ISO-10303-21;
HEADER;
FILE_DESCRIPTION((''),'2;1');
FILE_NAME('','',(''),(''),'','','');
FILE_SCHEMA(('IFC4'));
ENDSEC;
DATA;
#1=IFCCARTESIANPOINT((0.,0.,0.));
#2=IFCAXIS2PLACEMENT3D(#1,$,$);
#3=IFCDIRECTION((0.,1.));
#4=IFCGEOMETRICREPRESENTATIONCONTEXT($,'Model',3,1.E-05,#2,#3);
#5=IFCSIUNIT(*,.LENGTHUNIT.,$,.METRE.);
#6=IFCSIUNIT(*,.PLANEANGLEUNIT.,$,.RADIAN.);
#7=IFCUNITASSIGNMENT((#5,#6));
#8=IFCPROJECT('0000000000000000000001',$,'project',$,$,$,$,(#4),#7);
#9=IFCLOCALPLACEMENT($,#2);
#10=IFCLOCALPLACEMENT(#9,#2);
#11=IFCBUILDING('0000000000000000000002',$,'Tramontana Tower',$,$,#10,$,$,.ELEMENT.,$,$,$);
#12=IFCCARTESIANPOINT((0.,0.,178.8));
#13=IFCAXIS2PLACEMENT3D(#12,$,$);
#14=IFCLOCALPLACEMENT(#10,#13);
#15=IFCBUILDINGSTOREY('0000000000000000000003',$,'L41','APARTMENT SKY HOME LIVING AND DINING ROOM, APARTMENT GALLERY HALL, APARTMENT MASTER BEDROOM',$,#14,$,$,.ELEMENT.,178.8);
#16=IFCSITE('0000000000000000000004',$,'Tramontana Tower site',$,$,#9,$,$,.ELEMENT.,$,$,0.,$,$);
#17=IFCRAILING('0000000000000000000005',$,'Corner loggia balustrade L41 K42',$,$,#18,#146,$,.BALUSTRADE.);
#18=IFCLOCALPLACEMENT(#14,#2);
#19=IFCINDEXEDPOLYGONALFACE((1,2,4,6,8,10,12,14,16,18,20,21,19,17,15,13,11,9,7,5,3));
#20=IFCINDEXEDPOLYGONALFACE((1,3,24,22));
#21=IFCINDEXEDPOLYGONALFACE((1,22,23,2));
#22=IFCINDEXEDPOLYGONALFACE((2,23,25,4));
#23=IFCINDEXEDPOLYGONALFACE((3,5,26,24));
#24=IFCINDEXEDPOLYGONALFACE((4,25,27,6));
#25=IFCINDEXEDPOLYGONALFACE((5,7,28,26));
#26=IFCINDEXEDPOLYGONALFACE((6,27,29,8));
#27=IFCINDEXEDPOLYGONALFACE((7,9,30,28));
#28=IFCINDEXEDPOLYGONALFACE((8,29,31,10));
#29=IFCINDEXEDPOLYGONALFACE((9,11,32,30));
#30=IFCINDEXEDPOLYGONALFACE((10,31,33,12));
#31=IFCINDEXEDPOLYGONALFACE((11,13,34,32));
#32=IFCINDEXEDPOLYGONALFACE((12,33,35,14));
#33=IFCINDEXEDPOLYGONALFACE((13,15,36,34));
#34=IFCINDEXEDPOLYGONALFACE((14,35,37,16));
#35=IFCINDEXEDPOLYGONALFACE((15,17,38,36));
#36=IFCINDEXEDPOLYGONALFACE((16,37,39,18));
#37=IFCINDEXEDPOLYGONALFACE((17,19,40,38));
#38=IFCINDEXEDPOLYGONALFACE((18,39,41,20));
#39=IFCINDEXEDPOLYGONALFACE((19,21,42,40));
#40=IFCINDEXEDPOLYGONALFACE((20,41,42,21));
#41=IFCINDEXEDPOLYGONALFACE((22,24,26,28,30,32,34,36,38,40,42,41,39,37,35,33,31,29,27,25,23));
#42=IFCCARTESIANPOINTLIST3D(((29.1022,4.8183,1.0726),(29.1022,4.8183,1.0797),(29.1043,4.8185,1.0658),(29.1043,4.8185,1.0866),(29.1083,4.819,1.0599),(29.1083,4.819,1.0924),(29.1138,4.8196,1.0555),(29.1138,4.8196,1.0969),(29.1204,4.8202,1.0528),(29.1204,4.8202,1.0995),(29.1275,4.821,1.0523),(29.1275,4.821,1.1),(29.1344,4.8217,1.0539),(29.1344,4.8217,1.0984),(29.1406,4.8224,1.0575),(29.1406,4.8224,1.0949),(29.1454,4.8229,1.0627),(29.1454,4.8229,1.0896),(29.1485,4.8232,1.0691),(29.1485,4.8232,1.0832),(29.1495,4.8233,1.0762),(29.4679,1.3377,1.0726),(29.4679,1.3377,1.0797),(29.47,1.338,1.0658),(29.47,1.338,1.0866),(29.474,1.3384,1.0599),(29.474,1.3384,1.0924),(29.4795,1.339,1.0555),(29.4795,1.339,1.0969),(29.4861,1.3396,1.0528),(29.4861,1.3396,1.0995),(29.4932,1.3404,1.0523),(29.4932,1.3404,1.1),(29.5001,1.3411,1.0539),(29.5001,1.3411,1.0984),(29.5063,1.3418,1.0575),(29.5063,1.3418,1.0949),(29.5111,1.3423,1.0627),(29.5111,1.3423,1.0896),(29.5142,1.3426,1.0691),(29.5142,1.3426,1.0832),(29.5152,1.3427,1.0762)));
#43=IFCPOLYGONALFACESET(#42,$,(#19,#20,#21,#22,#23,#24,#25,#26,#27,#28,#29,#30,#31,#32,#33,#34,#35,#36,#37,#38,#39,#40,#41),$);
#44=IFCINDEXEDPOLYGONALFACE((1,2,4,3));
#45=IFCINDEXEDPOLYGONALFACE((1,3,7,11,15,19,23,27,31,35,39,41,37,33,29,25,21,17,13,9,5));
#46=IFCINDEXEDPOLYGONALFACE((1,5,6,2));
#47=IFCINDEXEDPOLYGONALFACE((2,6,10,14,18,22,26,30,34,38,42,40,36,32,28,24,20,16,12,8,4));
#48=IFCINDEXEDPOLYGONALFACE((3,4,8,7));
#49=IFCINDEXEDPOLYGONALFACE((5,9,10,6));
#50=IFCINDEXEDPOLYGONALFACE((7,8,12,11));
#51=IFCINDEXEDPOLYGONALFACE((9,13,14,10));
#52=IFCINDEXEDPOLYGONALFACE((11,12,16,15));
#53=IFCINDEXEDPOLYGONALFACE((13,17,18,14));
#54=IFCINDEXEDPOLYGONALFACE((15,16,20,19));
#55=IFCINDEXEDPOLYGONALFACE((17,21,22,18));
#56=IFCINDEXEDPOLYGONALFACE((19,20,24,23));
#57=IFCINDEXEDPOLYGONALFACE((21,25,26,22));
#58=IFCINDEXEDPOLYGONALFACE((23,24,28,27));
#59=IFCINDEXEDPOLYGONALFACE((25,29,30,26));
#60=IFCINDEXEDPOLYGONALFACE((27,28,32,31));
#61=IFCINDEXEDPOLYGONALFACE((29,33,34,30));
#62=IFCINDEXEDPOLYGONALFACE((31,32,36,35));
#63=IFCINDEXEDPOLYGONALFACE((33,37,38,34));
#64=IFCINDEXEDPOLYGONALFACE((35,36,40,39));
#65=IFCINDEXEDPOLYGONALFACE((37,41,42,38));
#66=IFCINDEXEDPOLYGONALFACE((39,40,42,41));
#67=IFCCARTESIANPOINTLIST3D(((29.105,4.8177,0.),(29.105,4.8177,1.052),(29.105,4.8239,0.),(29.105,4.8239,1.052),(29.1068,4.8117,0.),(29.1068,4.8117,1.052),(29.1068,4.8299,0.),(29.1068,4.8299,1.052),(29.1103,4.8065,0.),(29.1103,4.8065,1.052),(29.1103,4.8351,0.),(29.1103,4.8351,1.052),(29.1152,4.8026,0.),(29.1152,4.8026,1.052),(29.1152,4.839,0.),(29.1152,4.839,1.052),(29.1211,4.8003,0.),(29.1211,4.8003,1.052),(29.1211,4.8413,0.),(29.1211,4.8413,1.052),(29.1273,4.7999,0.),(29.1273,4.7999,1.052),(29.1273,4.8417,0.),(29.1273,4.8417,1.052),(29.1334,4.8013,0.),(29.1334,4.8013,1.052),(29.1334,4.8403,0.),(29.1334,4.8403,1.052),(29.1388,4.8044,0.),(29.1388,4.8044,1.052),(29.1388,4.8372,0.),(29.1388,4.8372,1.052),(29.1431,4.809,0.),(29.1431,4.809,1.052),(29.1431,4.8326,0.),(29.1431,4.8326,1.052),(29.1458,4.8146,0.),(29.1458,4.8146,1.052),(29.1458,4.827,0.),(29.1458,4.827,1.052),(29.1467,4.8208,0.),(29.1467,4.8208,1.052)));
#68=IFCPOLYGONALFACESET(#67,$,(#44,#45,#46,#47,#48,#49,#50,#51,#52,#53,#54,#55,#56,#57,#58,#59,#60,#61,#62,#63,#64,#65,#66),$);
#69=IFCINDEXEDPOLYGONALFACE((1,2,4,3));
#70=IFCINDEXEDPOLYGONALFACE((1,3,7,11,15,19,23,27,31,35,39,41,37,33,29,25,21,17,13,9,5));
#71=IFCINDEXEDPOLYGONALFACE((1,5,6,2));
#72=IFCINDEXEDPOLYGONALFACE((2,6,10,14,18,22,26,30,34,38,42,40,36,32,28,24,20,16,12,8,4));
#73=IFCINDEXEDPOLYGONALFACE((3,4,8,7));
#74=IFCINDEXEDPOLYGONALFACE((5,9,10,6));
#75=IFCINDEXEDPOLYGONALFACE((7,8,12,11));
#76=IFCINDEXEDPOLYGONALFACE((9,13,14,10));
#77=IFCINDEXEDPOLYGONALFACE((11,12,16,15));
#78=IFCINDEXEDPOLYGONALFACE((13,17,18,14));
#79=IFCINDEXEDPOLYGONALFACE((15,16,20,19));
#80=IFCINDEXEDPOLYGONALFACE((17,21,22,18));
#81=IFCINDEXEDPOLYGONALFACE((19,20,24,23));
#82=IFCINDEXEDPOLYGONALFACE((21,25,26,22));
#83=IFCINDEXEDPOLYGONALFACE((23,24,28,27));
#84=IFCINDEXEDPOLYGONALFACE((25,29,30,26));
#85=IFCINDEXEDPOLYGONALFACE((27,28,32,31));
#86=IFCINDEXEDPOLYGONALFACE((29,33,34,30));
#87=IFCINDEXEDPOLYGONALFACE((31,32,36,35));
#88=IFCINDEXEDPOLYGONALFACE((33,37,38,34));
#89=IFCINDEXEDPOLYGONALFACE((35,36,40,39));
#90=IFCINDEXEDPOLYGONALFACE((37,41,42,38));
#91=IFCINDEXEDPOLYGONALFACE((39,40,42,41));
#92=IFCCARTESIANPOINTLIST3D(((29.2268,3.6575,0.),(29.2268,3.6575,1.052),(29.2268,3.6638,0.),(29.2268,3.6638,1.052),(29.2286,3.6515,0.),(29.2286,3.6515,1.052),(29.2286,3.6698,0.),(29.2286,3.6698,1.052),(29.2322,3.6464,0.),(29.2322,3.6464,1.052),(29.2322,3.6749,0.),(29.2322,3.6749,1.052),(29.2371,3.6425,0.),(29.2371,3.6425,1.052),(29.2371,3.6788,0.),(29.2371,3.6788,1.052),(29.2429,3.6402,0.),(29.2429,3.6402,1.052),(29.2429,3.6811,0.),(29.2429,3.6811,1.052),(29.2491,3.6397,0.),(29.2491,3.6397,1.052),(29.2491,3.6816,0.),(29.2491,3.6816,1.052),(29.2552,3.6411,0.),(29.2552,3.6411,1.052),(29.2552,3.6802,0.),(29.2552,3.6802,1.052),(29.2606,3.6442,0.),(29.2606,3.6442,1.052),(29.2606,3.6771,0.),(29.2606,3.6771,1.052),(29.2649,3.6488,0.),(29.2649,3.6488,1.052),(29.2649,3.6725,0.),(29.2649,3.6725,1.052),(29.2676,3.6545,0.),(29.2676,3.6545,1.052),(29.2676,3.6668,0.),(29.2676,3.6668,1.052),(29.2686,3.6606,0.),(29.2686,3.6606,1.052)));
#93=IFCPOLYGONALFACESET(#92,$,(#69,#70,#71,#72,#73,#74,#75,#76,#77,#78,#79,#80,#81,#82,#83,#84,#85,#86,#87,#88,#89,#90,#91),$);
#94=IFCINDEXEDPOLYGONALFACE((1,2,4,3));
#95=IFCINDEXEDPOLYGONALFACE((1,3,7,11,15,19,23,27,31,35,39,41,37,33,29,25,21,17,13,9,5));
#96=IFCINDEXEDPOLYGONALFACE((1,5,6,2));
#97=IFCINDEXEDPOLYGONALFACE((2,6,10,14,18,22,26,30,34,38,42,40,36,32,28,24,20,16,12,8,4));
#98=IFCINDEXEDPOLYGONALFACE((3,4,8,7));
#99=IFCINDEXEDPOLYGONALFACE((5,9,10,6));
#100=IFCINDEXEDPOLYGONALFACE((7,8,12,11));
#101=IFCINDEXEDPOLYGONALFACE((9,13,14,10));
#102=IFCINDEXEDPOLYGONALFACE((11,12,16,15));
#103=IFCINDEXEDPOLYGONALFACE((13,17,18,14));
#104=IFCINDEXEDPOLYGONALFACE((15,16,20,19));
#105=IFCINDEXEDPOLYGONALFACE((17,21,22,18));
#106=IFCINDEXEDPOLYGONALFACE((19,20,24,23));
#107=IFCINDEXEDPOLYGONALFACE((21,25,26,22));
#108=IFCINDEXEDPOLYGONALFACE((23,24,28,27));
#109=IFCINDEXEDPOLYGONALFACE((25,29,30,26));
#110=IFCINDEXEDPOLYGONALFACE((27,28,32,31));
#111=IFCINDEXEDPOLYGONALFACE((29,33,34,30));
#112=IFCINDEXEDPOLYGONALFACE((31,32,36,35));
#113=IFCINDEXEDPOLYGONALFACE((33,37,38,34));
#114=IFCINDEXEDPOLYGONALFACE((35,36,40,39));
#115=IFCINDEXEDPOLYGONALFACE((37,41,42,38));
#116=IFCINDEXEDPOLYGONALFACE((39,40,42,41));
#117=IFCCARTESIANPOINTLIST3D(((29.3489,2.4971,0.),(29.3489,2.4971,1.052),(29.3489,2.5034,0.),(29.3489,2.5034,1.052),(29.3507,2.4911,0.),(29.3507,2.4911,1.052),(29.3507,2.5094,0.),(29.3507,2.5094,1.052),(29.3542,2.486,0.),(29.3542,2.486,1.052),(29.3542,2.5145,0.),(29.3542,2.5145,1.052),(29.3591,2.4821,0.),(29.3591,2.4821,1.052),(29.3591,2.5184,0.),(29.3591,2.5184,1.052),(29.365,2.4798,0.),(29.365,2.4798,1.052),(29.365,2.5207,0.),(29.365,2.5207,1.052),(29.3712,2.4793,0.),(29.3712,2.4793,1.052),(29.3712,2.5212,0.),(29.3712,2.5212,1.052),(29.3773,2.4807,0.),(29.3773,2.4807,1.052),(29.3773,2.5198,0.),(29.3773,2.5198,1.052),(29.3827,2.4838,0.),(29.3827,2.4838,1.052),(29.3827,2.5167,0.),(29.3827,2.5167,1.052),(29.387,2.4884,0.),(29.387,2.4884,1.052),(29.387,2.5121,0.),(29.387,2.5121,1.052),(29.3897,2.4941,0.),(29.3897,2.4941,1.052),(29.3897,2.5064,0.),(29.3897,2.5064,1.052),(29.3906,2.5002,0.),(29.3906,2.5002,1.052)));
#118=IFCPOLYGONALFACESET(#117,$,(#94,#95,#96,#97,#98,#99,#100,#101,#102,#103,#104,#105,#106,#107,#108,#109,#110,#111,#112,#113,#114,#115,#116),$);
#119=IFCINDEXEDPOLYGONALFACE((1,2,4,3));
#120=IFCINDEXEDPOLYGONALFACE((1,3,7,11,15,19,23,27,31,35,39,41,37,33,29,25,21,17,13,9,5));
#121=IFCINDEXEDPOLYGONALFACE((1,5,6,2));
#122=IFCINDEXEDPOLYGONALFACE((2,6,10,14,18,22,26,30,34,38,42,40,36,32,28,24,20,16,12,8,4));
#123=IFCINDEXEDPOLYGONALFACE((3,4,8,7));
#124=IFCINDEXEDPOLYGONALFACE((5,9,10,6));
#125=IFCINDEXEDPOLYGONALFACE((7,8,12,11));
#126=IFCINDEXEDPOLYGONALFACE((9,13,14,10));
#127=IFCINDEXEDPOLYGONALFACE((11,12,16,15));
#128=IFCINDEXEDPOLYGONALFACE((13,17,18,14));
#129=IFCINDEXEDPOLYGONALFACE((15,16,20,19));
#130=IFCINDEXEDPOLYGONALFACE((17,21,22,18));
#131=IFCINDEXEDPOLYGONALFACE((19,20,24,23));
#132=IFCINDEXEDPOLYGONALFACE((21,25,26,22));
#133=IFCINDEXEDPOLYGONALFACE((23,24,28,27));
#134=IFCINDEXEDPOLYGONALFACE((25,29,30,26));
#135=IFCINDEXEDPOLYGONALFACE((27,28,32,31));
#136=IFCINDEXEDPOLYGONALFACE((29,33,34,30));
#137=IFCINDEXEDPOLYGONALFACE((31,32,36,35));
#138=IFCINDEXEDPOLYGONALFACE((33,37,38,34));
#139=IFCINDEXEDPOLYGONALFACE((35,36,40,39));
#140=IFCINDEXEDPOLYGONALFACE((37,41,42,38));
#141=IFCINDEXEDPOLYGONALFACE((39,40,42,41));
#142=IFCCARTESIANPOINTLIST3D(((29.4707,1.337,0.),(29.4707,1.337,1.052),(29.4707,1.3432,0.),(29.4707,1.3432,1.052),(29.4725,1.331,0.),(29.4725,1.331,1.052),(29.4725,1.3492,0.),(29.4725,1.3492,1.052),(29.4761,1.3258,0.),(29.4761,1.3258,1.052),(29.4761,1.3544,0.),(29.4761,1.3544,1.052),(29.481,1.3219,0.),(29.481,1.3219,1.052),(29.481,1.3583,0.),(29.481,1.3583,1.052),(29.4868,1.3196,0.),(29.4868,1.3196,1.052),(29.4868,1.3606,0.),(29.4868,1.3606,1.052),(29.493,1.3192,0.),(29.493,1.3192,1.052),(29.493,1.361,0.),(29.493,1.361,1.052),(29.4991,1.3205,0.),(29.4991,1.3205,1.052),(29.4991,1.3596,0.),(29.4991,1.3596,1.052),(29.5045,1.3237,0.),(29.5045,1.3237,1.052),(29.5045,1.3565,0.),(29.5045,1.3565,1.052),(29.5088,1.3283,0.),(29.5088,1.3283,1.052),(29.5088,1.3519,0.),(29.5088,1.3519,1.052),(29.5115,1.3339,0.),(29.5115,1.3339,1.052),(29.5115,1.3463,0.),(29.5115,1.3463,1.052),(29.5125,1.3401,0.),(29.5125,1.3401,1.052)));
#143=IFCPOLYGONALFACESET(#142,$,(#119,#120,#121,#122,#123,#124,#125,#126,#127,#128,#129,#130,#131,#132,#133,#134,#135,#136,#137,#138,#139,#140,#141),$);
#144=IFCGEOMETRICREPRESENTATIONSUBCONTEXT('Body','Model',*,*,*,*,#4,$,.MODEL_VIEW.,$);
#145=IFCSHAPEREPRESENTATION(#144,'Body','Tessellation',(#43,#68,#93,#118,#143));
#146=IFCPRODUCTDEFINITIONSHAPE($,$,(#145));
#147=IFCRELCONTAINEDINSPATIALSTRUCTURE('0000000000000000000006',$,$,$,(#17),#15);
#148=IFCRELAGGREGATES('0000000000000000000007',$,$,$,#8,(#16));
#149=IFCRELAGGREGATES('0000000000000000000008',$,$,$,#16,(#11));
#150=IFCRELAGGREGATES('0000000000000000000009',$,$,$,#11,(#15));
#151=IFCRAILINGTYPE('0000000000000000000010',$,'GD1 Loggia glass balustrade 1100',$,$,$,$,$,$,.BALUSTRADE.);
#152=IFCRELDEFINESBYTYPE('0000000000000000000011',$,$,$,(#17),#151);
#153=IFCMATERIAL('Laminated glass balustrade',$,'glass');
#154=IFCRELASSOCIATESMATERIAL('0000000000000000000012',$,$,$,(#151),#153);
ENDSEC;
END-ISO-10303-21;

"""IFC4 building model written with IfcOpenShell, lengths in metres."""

from ifc_helpers import new_model, si_unit, direction, frame, origin, origin_2d, place, context, subcontext, project, spatial, circle, extrude, material, type_object, element, save


model = new_model("IFC4")

# Units and contexts
model_context = context("Model", 3, precision=1e-05, world=origin(), true_north=direction((0.0, 1.0)))
body_context = subcontext(model_context, "Body", "Model", "MODEL_VIEW")
ifc_project = project(units=[si_unit("LENGTHUNIT", "METRE"), si_unit("PLANEANGLEUNIT", "RADIAN")], contexts=[model_context])

# Site, building, storey
site_placement = place(None, origin())
site = spatial("IfcSite", under=ifc_project, at=site_placement, Name="Tramontana Tower site", CompositionType="ELEMENT", RefElevation=0.0)
building_placement = place(site_placement, origin())
building = spatial("IfcBuilding", under=site, at=building_placement, Name="Tramontana Tower", CompositionType="ELEMENT")
storey_placement = place(building_placement, frame((0.0, 0.0, 178.8)))
storey = spatial("IfcBuildingStorey", under=building, at=storey_placement, Name="L41", Description="APARTMENT SKY HOME LIVING AND DINING ROOM, APARTMENT GALLERY HALL, APARTMENT MASTER BEDROOM", CompositionType="ELEMENT", Elevation=178.8)

# Railing
ifc_material_1 = material(Name="Laminated glass balustrade", Category="glass")
railing_type = type_object("IfcRailingType", Name="GD1 Loggia glass balustrade 1100", PredefinedType="BALUSTRADE", material=ifc_material_1)
railing_1_placement = place(storey_placement, frame((29.1257, 4.8208, 0.0)))
element("IfcRailing", 1, at=railing_1_placement, inside=storey, type_object=railing_type, Name="Corner loggia balustrade L41 K42", PredefinedType="BALUSTRADE", context=body_context, shape_type="SweptSolid", body=[
    extrude(circle(Radius=0.0239, at=origin_2d()), frame((0.0, 0.0, 1.0762), z_axis=(0.104496, -0.994525, 0.0), x_axis=(0.994525, 0.104496, 0.0)), (0.0, 0.0, 1.0), 3.4998),
    extrude(circle(Radius=0.021, at=origin_2d()), origin(), (0.0, 0.0, 1.0), 1.052),
    extrude(circle(Radius=0.021, at=origin_2d()), frame((0.1218, -1.1602, 0.0)), (0.0, 0.0, 1.0), 1.052),
    extrude(circle(Radius=0.021, at=origin_2d()), frame((0.2439, -2.3206, 0.0)), (0.0, 0.0, 1.0), 1.052),
    extrude(circle(Radius=0.021, at=origin_2d()), frame((0.3657, -3.4807, 0.0)), (0.0, 0.0, 1.0), 1.052),
])

save(model, "model.ifc")
